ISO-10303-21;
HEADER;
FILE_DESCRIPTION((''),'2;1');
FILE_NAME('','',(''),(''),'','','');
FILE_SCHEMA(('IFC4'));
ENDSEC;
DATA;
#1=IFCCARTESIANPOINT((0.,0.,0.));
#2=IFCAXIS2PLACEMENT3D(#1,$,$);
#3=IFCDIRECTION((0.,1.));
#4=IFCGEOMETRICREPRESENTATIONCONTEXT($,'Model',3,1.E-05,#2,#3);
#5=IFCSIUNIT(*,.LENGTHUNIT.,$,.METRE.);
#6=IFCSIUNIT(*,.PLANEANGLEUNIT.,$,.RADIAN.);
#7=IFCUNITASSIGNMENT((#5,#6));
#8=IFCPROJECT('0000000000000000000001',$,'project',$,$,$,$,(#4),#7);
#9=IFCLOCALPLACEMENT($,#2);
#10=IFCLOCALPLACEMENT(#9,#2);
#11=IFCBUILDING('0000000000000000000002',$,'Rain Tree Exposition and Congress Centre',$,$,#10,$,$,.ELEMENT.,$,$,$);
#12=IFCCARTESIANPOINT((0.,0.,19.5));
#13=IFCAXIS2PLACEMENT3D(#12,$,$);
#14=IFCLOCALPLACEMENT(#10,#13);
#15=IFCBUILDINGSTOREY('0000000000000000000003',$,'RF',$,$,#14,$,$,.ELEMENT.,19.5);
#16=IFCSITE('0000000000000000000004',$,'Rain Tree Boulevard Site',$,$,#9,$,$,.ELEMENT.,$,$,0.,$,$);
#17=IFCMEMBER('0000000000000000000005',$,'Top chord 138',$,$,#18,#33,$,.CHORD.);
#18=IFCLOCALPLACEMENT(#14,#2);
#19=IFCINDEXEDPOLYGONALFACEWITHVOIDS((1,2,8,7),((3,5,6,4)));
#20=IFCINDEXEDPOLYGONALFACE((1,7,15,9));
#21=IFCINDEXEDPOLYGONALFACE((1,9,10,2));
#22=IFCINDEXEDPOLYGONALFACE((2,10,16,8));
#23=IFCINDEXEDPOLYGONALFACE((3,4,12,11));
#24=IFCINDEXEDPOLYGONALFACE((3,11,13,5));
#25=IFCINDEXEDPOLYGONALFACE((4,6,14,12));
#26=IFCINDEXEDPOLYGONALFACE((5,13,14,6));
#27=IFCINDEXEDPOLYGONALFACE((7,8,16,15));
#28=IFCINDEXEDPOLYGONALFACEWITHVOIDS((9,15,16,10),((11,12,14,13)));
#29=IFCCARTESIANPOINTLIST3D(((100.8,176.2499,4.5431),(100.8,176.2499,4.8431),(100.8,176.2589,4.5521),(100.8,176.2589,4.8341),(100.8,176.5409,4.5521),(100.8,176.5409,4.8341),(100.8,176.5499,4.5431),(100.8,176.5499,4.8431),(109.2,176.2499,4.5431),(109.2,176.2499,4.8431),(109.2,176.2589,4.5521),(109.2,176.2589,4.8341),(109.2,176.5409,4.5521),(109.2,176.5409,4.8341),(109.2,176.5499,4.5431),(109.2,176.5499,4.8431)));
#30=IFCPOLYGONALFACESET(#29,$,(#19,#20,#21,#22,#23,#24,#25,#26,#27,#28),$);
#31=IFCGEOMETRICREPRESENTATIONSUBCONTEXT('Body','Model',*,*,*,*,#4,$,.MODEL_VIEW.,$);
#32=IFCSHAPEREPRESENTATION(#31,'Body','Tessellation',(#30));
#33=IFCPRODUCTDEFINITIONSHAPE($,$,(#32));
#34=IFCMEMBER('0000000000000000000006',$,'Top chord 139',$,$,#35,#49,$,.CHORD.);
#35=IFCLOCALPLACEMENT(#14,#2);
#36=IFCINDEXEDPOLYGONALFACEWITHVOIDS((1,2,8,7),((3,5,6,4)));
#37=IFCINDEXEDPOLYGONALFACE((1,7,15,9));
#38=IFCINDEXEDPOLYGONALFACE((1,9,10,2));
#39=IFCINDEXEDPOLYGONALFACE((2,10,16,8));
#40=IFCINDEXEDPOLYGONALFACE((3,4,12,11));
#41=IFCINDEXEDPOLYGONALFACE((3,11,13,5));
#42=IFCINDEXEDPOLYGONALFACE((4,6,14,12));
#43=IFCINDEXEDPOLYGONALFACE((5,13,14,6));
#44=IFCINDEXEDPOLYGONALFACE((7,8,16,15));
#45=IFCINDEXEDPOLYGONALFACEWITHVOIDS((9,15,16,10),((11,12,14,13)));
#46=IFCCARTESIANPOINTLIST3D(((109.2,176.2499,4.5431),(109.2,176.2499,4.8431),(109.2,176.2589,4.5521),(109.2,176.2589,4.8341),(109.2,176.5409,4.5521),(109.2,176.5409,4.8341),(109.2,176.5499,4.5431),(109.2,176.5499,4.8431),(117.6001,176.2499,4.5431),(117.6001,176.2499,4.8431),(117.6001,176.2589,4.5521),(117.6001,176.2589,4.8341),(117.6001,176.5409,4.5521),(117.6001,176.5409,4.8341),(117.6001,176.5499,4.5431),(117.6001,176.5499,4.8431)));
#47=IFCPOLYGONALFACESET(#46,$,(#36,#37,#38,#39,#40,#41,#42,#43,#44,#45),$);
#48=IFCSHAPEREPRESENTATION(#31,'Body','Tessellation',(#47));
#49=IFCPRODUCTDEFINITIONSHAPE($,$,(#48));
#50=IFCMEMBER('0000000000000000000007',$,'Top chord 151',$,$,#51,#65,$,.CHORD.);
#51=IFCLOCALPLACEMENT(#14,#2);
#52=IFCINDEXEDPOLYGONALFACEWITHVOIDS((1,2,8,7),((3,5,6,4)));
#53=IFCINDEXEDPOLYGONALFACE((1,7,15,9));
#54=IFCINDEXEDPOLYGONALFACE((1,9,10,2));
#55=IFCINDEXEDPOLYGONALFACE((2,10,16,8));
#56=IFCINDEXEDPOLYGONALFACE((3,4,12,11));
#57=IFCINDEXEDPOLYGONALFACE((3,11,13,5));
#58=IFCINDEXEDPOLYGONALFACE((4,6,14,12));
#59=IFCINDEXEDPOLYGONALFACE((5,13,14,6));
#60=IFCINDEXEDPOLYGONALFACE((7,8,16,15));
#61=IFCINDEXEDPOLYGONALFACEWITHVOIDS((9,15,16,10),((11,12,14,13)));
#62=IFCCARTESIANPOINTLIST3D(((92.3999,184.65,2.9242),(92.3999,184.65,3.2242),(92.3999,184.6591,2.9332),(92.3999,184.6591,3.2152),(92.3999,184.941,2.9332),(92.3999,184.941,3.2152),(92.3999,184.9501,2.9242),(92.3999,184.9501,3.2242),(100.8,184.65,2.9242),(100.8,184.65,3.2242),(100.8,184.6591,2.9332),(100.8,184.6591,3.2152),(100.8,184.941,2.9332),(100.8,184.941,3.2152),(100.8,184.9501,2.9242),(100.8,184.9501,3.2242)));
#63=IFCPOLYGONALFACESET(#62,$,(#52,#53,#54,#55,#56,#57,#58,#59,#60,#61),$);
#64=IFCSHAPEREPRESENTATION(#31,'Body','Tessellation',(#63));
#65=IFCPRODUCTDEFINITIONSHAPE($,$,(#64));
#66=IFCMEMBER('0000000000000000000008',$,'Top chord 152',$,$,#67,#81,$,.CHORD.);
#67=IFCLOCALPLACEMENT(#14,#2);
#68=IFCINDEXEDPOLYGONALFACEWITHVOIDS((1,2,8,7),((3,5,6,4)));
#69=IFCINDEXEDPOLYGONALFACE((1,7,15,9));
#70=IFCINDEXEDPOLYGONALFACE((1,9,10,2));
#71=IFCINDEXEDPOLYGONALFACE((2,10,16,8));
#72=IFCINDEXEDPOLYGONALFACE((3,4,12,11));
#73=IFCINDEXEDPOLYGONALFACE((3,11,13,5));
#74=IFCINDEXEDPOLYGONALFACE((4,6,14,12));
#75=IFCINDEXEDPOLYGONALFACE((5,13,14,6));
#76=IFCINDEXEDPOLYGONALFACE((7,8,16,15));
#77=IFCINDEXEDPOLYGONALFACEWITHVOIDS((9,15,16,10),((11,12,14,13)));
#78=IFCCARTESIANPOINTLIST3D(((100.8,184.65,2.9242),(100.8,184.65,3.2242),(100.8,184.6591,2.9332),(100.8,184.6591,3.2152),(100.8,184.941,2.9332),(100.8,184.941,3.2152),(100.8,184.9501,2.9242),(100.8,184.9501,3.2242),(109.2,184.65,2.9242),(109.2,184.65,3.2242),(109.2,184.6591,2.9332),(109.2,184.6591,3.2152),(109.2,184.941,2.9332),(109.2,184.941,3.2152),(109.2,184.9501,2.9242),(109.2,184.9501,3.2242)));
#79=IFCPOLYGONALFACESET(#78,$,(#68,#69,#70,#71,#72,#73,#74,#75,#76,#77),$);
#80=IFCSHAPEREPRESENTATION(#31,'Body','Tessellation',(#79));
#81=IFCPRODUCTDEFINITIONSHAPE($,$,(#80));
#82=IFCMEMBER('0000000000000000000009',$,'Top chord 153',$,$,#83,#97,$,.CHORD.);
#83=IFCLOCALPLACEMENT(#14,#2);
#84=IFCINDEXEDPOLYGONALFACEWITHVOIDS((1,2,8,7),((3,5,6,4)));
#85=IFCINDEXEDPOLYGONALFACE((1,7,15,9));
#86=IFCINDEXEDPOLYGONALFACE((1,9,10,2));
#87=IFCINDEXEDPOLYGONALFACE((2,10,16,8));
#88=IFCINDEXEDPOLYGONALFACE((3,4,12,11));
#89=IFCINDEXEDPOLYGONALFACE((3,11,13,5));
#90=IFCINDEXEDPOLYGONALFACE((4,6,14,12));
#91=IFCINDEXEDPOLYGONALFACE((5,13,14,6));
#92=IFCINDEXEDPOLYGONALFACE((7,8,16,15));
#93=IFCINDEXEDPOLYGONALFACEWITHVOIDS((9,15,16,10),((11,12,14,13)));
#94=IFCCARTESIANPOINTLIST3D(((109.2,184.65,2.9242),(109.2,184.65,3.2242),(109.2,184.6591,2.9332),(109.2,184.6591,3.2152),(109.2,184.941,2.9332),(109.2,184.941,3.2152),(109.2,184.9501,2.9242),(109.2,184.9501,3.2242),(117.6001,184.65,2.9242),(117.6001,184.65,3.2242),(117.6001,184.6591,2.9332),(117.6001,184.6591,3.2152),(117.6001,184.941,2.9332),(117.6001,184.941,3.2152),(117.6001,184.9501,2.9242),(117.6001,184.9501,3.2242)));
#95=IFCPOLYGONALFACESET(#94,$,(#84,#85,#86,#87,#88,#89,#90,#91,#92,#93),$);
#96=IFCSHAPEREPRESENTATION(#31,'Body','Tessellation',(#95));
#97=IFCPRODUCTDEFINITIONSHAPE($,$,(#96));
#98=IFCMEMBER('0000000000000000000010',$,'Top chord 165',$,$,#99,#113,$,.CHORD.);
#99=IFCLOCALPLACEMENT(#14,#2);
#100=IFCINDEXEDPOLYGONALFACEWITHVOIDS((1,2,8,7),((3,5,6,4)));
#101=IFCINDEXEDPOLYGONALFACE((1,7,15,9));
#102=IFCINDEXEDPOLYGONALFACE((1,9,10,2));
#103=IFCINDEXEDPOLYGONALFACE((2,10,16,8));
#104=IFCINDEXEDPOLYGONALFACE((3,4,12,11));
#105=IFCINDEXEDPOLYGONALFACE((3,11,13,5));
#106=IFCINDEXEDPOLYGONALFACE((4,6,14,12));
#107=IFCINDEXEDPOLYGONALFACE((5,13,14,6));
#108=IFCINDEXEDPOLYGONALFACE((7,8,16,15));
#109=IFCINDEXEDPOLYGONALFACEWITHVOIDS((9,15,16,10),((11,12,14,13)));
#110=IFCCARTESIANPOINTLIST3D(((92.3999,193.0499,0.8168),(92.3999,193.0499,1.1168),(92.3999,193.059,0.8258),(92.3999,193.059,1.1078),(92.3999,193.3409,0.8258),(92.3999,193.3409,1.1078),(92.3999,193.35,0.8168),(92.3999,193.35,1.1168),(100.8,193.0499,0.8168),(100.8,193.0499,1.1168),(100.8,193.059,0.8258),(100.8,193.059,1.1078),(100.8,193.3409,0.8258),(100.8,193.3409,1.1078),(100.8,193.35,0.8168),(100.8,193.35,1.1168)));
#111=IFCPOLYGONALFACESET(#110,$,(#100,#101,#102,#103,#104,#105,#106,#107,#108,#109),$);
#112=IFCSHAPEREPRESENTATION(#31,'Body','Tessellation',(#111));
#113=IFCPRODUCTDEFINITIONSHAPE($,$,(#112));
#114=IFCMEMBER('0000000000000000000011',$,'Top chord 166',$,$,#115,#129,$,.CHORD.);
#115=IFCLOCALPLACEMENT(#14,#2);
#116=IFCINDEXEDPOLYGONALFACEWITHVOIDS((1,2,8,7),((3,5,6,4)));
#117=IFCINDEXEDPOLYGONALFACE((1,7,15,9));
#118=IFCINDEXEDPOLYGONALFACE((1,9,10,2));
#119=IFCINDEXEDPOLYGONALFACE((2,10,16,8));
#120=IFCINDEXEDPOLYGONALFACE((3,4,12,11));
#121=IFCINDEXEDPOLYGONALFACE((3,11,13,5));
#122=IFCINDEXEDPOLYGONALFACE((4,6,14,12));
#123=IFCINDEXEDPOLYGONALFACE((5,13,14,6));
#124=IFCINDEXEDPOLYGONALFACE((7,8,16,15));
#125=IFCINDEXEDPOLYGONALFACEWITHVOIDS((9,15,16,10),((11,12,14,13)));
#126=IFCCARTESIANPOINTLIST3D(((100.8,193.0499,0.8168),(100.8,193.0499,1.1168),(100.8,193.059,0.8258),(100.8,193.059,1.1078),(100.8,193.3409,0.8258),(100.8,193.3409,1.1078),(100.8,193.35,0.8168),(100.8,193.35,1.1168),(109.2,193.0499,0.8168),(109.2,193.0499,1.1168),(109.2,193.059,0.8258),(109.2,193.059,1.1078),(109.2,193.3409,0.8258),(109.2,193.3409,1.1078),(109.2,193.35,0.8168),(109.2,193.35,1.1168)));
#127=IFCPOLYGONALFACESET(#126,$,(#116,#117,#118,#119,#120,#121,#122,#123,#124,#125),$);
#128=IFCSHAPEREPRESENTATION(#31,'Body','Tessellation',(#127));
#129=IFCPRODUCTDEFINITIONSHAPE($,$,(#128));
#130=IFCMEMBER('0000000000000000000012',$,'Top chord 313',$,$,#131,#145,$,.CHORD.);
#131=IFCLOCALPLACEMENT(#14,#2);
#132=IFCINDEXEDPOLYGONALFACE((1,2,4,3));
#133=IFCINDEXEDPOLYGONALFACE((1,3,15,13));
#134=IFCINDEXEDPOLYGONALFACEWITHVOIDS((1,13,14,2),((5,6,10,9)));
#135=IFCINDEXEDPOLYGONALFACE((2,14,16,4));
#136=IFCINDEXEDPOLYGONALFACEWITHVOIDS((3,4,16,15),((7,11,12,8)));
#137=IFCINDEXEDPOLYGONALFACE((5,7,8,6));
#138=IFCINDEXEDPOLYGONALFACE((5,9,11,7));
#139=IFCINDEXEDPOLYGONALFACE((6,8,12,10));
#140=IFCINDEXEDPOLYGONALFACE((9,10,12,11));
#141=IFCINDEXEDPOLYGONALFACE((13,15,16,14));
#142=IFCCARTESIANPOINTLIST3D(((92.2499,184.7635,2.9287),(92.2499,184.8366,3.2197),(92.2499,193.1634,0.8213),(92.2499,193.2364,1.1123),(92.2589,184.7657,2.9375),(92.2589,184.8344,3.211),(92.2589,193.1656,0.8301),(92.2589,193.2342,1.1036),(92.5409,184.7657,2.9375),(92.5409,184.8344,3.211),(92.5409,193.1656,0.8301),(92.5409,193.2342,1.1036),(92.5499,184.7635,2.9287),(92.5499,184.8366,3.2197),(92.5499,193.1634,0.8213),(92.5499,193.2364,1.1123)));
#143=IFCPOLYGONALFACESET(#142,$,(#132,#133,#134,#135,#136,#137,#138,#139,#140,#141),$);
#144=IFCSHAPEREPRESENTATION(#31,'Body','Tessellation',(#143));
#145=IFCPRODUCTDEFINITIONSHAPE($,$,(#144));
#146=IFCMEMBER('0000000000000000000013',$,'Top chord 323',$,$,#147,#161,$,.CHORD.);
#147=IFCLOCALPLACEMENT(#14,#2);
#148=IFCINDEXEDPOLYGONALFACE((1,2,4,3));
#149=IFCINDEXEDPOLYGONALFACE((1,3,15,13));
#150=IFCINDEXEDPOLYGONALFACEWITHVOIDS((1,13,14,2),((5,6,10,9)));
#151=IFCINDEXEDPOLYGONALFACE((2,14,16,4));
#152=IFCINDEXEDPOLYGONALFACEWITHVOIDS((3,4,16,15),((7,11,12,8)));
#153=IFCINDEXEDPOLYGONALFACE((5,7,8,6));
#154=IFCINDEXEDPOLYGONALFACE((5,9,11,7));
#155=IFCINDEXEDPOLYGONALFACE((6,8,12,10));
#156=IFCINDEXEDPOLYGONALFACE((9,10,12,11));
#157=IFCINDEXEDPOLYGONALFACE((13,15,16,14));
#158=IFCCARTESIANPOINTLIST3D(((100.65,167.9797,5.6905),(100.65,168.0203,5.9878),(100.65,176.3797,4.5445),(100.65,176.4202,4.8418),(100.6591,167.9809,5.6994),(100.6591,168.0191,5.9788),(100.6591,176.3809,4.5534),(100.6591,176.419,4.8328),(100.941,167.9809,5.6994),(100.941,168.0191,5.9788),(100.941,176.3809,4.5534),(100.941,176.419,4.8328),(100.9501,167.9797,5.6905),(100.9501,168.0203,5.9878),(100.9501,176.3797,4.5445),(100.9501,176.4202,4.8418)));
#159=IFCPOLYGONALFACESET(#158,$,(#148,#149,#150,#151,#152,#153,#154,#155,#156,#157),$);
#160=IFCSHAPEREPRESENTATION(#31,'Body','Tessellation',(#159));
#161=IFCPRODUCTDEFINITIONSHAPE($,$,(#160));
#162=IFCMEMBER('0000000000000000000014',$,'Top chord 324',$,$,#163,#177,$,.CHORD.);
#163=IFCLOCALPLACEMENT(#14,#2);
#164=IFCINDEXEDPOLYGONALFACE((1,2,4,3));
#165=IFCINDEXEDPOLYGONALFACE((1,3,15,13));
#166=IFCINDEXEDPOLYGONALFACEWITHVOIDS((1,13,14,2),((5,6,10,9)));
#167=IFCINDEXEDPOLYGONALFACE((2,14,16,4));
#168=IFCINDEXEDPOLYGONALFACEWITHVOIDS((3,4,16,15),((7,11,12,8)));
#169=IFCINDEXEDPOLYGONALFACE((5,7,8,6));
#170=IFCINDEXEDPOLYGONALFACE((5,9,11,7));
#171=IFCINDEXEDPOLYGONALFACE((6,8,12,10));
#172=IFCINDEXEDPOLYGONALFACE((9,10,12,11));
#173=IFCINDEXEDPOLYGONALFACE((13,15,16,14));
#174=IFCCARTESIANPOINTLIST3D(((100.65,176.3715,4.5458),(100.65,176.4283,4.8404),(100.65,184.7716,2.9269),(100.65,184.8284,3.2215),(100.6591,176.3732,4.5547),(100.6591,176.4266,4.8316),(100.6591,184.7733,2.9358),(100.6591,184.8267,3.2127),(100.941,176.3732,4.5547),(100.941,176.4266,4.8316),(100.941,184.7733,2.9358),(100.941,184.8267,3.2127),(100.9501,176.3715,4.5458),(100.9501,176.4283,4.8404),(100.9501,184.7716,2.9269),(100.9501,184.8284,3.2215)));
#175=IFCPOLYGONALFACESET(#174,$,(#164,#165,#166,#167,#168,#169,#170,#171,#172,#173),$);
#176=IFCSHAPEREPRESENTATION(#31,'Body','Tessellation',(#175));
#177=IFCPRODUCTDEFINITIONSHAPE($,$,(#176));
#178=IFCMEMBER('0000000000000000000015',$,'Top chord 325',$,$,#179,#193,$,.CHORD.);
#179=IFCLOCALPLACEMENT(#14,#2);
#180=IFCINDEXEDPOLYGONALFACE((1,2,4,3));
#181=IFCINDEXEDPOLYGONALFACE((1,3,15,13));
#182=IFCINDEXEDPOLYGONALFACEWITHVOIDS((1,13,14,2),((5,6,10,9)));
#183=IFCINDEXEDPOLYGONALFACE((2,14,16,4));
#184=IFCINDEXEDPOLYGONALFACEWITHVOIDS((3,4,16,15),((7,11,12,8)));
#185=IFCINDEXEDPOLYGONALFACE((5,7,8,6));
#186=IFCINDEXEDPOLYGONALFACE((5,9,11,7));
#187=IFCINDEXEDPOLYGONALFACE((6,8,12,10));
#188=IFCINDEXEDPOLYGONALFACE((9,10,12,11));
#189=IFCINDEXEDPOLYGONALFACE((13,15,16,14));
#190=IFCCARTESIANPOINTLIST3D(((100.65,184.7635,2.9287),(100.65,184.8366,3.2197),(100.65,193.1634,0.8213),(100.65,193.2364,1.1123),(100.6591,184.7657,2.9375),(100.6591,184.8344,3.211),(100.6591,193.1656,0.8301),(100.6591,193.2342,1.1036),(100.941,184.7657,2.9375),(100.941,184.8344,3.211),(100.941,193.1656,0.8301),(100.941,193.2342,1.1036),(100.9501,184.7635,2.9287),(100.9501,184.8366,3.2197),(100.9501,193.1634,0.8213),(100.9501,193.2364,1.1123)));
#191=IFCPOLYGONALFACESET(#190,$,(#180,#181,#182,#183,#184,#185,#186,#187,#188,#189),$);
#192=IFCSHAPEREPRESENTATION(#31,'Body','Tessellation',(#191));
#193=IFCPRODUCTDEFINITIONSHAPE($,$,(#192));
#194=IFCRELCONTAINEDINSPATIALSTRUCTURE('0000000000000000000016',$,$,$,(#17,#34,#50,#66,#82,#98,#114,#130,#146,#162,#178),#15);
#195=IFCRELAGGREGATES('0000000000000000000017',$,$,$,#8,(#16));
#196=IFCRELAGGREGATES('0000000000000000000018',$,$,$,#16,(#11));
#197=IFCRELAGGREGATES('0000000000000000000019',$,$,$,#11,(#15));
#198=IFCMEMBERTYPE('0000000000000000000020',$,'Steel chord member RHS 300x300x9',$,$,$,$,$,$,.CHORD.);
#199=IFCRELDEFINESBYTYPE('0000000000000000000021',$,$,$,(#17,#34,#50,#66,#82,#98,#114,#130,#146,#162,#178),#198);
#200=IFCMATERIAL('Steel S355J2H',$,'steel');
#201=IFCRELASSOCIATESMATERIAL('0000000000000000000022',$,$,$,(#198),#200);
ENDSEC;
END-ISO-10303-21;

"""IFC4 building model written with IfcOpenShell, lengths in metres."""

from ifc_helpers import new_model, si_unit, direction, frame, origin, origin_2d, place, context, subcontext, project, spatial, hollow_rectangle, extrude, material, material_profile, profile_set, type_object, element, save


model = new_model("IFC4")

# Units and contexts
model_context = context("Model", 3, precision=1e-05, world=origin(), true_north=direction((0.0, 1.0)))
body_context = subcontext(model_context, "Body", "Model", "MODEL_VIEW")
ifc_project = project(units=[si_unit("LENGTHUNIT", "METRE"), si_unit("PLANEANGLEUNIT", "RADIAN")], contexts=[model_context])

# Site, building, storey
site_placement = place(None, origin())
site = spatial("IfcSite", under=ifc_project, at=site_placement, Name="Rain Tree Boulevard Site", CompositionType="ELEMENT", RefElevation=0.0)
building_placement = place(site_placement, origin())
building = spatial("IfcBuilding", under=site, at=building_placement, Name="Rain Tree Exposition and Congress Centre", CompositionType="ELEMENT")
storey_placement = place(building_placement, frame((0.0, 0.0, 19.5)))
storey = spatial("IfcBuildingStorey", under=building, at=storey_placement, Name="RF", CompositionType="ELEMENT", Elevation=19.5)

# Members
ifc_material_1 = material(Name="Steel S355J2H", Category="steel")
ifc_material_profile_1 = material_profile(ifc_material_1, hollow_rectangle(XDim=0.3, YDim=0.3, WallThickness=0.009, at=origin_2d()), Name="RHS 300x300x9")
ifc_profile_set_1 = profile_set([ifc_material_profile_1], Name="Steel S355J2H")
member_type = type_object("IfcMemberType", Name="Steel chord member RHS 300x300x9", PredefinedType="CHORD", material=ifc_profile_set_1)
member_1_placement = place(storey_placement, frame((100.8, 176.3999, 4.6931), z_axis=(1.0, 0.0, 0.0), x_axis=(0.0, 1.0, 0.0)))
element("IfcMember", 1, at=member_1_placement, inside=storey, type_object=member_type, Name="Top chord 138", PredefinedType="CHORD", context=body_context, shape_type="SweptSolid", body=[
    extrude(hollow_rectangle(XDim=0.3, YDim=0.3, WallThickness=0.009, at=origin_2d()), origin(), (0.0, 0.0, 1.0), 8.3999),
])
for number, where, z_axis, x_axis, name in (
    (2, (109.2, 176.3999, 4.6931), (1.0, 0.0, 0.0), (0.0, 1.0, 0.0), "Top chord 139"),
    (3, (92.3999, 184.8, 3.0742), (1.0, 0.0, 0.0), (0.0, 1.0, 0.0), "Top chord 151"),
):
    element("IfcMember", number, at=place(storey_placement, frame(where, z_axis=z_axis, x_axis=x_axis)), inside=storey, type_object=member_type, Name=name, PredefinedType="CHORD", context=body_context, shape_type="SweptSolid", body=[
        extrude(hollow_rectangle(XDim=0.3, YDim=0.3, WallThickness=0.009, at=origin_2d()), origin(), (0.0, 0.0, 1.0), 8.4001),
    ])
member_2_placement = place(storey_placement, frame((100.8, 184.8, 3.0742), z_axis=(1.0, 0.0, 0.0), x_axis=(0.0, 1.0, 0.0)))
element("IfcMember", 4, at=member_2_placement, inside=storey, type_object=member_type, Name="Top chord 152", PredefinedType="CHORD", context=body_context, shape_type="SweptSolid", body=[
    extrude(hollow_rectangle(XDim=0.3, YDim=0.3, WallThickness=0.009, at=origin_2d()), origin(), (0.0, 0.0, 1.0), 8.3999),
])
for number, where, z_axis, x_axis, name in (
    (5, (109.2, 184.8, 3.0742), (1.0, 0.0, 0.0), (0.0, 1.0, 0.0), "Top chord 153"),
    (6, (92.3999, 193.2, 0.9668), (1.0, 0.0, 0.0), (0.0, 1.0, 0.0), "Top chord 165"),
):
    element("IfcMember", number, at=place(storey_placement, frame(where, z_axis=z_axis, x_axis=x_axis)), inside=storey, type_object=member_type, Name=name, PredefinedType="CHORD", context=body_context, shape_type="SweptSolid", body=[
        extrude(hollow_rectangle(XDim=0.3, YDim=0.3, WallThickness=0.009, at=origin_2d()), origin(), (0.0, 0.0, 1.0), 8.4001),
    ])
member_3_placement = place(storey_placement, frame((100.8, 193.2, 0.9668), z_axis=(1.0, 0.0, 0.0), x_axis=(0.0, 1.0, 0.0)))
element("IfcMember", 7, at=member_3_placement, inside=storey, type_object=member_type, Name="Top chord 166", PredefinedType="CHORD", context=body_context, shape_type="SweptSolid", body=[
    extrude(hollow_rectangle(XDim=0.3, YDim=0.3, WallThickness=0.009, at=origin_2d()), origin(), (0.0, 0.0, 1.0), 8.3999),
])
member_4_placement = place(storey_placement, frame((92.3999, 184.8, 3.0742), z_axis=(0.0, 0.96994, -0.243345), x_axis=(-1.0, 0.0, 0.0)))
element("IfcMember", 8, at=member_4_placement, inside=storey, type_object=member_type, Name="Top chord 313", PredefinedType="CHORD", context=body_context, shape_type="SweptSolid", body=[
    extrude(hollow_rectangle(XDim=0.3, YDim=0.3, WallThickness=0.009, at=origin_2d()), origin(), (0.0, 0.0, 1.0), 8.6602),
])
member_5_placement = place(storey_placement, frame((100.8, 168.0, 5.8391), z_axis=(0.0, 0.990821, -0.135177), x_axis=(-1.0, 0.0, 0.0)))
element("IfcMember", 9, at=member_5_placement, inside=storey, type_object=member_type, Name="Top chord 323", PredefinedType="CHORD", context=body_context, shape_type="SweptSolid", body=[
    extrude(hollow_rectangle(XDim=0.3, YDim=0.3, WallThickness=0.009, at=origin_2d()), origin(), (0.0, 0.0, 1.0), 8.4778),
])
member_6_placement = place(storey_placement, frame((100.8, 176.3999, 4.6931), z_axis=(0.0, 0.981931, -0.18924), x_axis=(-1.0, 0.0, 0.0)))
element("IfcMember", 10, at=member_6_placement, inside=storey, type_object=member_type, Name="Top chord 324", PredefinedType="CHORD", context=body_context, shape_type="SweptSolid", body=[
    extrude(hollow_rectangle(XDim=0.3, YDim=0.3, WallThickness=0.009, at=origin_2d()), origin(), (0.0, 0.0, 1.0), 8.5547),
])
member_7_placement = place(storey_placement, frame((100.8, 184.8, 3.0742), z_axis=(0.0, 0.96994, -0.243345), x_axis=(-1.0, 0.0, 0.0)))
element("IfcMember", 11, at=member_7_placement, inside=storey, type_object=member_type, Name="Top chord 325", PredefinedType="CHORD", context=body_context, shape_type="SweptSolid", body=[
    extrude(hollow_rectangle(XDim=0.3, YDim=0.3, WallThickness=0.009, at=origin_2d()), origin(), (0.0, 0.0, 1.0), 8.6602),
])

save(model, "model.ifc")
